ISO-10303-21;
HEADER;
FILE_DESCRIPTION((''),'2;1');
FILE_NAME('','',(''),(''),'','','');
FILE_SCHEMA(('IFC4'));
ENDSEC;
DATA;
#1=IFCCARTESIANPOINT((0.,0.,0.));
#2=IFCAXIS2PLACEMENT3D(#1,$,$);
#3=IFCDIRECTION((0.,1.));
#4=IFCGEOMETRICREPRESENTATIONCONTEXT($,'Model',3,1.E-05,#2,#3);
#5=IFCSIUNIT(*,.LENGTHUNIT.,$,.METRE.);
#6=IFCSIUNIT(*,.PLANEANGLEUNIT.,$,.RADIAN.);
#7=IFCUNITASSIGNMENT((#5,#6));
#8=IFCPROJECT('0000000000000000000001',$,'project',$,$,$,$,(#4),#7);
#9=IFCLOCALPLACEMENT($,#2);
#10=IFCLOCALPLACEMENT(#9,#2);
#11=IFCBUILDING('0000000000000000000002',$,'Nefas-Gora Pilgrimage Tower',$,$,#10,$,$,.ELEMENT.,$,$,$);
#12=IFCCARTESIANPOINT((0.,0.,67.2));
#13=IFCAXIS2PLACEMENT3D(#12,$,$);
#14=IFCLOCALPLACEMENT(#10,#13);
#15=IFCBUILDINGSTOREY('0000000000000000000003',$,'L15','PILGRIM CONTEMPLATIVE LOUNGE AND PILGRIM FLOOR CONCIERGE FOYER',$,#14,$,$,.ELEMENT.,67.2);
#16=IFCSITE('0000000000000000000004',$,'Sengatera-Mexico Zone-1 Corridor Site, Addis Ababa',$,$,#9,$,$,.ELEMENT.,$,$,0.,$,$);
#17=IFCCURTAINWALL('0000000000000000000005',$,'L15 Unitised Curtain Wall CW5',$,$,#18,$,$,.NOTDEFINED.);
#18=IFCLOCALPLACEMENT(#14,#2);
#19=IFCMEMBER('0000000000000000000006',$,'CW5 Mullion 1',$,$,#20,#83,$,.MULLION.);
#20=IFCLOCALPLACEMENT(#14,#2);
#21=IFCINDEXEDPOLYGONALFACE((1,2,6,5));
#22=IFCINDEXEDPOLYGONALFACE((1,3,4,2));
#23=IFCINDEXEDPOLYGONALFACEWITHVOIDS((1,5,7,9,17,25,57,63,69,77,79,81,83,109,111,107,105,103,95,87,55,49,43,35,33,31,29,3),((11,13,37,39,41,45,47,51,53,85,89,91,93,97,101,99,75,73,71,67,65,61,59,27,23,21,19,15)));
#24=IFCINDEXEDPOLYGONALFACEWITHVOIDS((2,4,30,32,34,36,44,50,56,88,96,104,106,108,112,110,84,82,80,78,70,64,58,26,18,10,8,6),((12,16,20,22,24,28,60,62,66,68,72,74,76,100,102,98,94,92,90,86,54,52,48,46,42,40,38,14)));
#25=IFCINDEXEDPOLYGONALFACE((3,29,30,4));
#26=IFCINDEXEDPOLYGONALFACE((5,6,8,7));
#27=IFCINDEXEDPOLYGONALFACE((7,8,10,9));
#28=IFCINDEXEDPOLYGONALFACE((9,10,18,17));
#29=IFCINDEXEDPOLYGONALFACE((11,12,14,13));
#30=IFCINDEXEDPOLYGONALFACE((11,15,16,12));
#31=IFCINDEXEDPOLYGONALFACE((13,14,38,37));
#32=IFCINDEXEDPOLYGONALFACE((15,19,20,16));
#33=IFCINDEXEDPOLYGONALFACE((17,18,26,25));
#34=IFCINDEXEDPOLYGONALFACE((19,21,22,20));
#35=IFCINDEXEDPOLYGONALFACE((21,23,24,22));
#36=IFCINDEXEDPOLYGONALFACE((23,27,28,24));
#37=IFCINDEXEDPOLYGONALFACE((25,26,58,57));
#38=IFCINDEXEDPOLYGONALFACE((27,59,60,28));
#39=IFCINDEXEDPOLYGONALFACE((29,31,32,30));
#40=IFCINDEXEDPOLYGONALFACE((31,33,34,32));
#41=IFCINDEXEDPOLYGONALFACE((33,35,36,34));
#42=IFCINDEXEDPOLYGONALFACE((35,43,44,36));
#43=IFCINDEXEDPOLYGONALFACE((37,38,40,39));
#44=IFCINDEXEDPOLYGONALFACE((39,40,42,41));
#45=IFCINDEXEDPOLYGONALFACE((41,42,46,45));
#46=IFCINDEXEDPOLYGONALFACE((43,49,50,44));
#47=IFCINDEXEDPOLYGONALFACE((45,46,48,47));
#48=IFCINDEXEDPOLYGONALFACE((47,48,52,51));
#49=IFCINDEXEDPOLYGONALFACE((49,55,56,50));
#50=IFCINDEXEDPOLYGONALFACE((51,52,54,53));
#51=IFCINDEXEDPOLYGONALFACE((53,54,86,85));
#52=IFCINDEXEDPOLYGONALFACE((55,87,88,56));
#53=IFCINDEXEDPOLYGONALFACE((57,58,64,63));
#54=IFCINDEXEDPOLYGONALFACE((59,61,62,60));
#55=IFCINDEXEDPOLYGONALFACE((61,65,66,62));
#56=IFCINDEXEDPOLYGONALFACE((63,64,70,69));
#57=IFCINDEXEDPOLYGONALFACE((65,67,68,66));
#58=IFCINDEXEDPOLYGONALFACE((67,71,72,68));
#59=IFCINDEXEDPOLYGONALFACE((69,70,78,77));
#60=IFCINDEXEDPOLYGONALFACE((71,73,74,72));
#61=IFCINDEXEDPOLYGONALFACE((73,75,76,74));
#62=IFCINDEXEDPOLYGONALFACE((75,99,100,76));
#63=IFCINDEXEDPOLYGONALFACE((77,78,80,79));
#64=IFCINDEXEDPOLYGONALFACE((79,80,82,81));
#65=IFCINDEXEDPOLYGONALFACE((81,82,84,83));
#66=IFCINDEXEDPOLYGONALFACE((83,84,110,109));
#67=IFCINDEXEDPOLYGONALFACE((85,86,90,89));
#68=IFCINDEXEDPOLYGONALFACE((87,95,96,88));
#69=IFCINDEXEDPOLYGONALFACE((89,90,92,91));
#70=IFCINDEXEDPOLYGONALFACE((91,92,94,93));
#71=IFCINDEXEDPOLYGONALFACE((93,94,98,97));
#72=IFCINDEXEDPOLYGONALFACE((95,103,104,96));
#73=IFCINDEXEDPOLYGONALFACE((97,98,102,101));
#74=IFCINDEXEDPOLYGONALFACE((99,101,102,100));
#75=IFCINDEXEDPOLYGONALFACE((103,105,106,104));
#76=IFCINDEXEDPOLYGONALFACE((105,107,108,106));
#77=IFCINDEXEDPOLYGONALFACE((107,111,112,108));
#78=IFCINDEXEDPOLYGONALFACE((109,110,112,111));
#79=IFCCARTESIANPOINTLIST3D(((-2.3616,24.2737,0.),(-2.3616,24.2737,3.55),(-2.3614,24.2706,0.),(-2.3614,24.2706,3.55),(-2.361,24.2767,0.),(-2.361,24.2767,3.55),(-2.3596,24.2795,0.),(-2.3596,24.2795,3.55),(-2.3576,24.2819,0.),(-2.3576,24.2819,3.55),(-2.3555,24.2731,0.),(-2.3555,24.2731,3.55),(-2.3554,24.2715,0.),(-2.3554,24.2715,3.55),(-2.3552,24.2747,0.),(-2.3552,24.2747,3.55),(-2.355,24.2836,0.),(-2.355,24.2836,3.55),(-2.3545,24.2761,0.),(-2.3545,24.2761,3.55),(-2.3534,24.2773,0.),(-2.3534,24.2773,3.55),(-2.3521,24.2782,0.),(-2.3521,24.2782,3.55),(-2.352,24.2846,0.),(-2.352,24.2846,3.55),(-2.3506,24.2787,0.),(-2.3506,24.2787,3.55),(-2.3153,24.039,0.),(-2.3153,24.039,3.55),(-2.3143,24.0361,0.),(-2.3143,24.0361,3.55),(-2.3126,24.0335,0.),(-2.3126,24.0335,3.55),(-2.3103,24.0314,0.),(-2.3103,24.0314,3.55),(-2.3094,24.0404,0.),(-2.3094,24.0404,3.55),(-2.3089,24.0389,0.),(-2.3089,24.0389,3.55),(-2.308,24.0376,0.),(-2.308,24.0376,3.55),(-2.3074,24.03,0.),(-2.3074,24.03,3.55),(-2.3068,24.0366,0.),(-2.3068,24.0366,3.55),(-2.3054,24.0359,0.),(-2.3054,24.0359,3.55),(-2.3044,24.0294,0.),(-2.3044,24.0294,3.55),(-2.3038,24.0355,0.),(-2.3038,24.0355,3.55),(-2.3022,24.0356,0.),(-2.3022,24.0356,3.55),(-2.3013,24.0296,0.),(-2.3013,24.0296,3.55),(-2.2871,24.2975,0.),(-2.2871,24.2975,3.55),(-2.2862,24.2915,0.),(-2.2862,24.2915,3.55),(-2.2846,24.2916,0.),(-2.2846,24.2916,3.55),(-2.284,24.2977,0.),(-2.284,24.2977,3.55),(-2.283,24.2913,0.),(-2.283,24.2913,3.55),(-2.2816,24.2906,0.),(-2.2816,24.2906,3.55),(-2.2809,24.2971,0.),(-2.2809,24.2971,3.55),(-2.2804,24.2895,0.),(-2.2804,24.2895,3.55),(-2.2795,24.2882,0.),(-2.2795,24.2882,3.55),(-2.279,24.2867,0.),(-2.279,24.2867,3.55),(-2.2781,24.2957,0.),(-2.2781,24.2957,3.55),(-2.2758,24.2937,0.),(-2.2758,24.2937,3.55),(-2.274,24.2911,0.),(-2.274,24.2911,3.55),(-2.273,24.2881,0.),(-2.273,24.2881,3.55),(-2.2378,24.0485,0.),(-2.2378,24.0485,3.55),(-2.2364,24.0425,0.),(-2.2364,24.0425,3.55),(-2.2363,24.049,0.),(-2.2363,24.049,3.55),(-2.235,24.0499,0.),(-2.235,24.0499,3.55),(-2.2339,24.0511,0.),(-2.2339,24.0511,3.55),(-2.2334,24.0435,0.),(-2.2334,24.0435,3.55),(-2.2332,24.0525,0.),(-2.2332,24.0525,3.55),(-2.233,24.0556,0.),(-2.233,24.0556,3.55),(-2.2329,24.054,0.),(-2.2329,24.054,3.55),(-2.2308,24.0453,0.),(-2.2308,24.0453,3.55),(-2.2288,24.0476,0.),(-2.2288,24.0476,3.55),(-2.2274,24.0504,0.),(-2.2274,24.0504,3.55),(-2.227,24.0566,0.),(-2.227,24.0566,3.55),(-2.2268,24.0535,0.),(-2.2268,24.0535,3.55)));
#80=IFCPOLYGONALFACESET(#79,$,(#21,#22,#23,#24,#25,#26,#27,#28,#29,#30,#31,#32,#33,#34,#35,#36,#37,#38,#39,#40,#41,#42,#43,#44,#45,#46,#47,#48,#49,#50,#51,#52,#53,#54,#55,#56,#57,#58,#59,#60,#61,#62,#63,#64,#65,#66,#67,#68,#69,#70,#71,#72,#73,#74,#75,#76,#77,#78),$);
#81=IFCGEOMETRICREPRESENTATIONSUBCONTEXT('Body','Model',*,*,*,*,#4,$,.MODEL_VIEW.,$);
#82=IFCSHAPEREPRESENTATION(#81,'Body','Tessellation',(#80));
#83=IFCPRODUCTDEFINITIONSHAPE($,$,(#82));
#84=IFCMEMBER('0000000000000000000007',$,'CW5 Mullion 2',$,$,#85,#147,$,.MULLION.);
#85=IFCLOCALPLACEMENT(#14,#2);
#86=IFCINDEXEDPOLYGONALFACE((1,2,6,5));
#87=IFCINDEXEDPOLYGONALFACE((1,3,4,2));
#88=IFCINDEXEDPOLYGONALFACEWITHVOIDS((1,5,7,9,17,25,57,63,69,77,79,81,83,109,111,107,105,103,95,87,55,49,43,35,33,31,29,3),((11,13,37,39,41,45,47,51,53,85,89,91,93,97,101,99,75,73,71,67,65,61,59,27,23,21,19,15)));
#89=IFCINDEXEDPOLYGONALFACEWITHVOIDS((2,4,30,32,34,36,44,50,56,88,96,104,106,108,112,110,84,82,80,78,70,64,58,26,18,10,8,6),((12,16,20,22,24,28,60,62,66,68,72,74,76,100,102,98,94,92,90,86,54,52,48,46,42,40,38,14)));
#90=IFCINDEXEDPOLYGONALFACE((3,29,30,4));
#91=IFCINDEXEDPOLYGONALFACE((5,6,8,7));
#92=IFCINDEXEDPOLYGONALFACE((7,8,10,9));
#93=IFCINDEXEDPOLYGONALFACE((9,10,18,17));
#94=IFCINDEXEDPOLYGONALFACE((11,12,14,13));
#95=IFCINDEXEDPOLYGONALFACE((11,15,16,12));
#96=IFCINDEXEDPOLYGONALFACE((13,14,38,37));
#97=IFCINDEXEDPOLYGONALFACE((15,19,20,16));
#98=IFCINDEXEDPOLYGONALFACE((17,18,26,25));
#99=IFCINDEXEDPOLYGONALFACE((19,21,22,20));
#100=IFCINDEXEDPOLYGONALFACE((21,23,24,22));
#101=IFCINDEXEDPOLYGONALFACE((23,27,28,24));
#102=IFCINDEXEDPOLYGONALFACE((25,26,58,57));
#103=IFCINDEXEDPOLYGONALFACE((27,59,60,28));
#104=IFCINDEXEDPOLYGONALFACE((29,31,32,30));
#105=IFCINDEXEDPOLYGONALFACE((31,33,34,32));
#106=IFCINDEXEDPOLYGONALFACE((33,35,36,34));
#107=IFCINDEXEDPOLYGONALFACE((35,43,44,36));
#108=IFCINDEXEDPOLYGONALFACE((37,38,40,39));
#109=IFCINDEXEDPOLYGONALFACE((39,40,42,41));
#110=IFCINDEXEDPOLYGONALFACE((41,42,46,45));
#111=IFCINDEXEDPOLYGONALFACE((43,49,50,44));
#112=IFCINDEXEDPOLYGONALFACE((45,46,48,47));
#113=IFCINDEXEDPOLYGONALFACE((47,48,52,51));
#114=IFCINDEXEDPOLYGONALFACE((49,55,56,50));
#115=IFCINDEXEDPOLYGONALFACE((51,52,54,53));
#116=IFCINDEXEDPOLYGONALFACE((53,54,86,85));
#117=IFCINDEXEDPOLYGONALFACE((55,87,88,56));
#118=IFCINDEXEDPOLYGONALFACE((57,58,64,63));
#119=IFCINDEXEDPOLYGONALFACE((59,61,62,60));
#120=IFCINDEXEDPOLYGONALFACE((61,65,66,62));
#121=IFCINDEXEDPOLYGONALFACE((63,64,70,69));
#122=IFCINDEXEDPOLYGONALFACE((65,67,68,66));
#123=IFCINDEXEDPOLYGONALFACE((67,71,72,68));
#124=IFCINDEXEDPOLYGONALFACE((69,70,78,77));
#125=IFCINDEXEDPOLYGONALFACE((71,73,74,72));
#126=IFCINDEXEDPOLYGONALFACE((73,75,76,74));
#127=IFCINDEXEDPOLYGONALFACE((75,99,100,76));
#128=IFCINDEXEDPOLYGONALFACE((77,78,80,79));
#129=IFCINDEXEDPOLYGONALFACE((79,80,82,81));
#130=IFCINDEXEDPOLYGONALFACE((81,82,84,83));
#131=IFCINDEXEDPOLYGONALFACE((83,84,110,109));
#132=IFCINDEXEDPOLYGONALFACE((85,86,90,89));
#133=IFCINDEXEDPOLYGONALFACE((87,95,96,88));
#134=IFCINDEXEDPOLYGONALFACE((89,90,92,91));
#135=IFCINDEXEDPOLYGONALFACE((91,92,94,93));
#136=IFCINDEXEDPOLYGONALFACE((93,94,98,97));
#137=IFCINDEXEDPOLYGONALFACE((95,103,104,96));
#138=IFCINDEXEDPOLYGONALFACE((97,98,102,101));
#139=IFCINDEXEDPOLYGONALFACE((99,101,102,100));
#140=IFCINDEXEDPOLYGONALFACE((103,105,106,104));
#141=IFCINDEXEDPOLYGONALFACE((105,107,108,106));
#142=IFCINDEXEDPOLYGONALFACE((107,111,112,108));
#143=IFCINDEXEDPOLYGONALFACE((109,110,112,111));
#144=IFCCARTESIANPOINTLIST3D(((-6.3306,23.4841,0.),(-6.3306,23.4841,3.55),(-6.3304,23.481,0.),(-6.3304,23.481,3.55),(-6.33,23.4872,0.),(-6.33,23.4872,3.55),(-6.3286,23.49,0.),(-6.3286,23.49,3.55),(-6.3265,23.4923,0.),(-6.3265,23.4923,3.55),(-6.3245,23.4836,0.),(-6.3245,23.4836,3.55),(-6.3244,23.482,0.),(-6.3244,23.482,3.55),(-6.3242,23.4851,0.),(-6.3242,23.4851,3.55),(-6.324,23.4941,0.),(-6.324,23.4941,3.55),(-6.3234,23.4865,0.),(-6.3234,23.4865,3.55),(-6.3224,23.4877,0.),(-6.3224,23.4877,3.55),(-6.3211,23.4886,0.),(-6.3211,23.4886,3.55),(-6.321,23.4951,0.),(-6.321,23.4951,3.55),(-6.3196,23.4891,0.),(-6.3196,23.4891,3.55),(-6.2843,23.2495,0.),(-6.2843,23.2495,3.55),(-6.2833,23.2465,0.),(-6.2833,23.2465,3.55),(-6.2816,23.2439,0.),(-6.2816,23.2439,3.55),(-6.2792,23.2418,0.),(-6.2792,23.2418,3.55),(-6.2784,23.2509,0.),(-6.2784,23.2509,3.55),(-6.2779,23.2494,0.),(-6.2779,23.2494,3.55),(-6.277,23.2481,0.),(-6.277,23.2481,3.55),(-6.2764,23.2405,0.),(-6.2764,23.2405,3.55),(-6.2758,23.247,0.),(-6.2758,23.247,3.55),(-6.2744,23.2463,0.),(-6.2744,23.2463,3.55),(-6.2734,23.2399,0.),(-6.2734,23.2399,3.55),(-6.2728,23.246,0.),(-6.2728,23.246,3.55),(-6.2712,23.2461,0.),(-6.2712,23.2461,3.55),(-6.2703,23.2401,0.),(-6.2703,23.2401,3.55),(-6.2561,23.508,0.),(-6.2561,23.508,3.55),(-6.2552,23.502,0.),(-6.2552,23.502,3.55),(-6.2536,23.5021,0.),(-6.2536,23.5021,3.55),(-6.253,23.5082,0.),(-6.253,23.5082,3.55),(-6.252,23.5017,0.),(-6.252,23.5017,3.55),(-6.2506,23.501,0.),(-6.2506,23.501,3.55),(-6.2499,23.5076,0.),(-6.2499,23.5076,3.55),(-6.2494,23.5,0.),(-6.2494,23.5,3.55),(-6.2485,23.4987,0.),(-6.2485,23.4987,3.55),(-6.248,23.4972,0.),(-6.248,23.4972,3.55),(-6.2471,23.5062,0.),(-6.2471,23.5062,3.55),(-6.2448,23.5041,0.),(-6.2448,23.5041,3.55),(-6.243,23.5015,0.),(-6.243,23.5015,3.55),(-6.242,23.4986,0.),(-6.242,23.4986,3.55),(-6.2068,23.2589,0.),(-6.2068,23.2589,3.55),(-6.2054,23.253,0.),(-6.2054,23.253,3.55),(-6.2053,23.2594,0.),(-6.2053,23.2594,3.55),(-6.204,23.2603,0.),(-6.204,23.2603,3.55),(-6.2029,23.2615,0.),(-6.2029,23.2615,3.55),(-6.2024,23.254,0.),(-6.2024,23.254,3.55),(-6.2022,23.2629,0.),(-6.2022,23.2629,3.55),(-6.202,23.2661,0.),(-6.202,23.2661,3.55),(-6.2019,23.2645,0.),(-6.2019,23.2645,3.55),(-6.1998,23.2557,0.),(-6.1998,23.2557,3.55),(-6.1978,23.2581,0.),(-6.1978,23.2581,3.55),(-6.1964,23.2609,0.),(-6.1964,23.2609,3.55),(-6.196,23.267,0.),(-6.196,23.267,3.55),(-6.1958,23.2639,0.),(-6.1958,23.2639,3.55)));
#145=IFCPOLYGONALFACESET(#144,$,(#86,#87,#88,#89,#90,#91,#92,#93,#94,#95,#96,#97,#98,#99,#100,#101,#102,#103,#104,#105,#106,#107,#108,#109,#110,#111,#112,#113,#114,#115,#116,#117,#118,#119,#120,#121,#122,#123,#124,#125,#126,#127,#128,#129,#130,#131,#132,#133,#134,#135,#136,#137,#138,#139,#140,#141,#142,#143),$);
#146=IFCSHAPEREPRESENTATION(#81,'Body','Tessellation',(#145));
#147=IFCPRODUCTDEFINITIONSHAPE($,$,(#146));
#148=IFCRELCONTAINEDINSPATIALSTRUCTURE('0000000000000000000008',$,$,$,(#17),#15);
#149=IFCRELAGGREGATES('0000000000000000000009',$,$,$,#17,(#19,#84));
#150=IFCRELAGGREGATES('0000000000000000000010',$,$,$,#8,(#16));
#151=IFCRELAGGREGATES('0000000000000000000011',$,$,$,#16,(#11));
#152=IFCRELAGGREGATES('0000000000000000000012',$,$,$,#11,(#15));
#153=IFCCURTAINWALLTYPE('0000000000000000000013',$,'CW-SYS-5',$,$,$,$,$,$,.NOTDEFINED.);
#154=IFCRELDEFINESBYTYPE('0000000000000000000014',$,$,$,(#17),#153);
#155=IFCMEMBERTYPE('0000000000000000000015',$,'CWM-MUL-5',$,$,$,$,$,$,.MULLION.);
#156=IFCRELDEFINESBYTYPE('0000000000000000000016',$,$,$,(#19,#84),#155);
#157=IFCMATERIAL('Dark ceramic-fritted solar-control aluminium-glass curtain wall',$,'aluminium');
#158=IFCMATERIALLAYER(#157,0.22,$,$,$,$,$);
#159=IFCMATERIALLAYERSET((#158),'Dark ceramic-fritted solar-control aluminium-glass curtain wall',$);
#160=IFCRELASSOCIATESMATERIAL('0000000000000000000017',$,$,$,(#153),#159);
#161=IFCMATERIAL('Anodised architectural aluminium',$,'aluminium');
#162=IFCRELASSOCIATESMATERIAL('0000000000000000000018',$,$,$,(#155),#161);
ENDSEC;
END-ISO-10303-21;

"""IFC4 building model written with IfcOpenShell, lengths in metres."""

from ifc_helpers import new_model, si_unit, direction, frame, origin, origin_2d, place, context, subcontext, project, spatial, hollow_rectangle, extrude, source, transform, mapped, material, layer, layer_set, material_profile, profile_set, type_object, element, aggregate, save


model = new_model("IFC4")

# Units and contexts
model_context = context("Model", 3, precision=1e-05, world=origin(), true_north=direction((0.0, 1.0)))
body_context = subcontext(model_context, "Body", "Model", "MODEL_VIEW")
ifc_project = project(units=[si_unit("LENGTHUNIT", "METRE"), si_unit("PLANEANGLEUNIT", "RADIAN")], contexts=[model_context])

# Site, building, storey
site_placement = place(None, origin())
site = spatial("IfcSite", under=ifc_project, at=site_placement, Name="Sengatera-Mexico Zone-1 Corridor Site, Addis Ababa", CompositionType="ELEMENT", RefElevation=0.0)
building_placement = place(site_placement, origin())
building = spatial("IfcBuilding", under=site, at=building_placement, Name="Nefas-Gora Pilgrimage Tower", CompositionType="ELEMENT")
storey_placement = place(building_placement, frame((0.0, 0.0, 67.2)))
storey = spatial("IfcBuildingStorey", under=building, at=storey_placement, Name="L15", Description="PILGRIM CONTEMPLATIVE LOUNGE AND PILGRIM FLOOR CONCIERGE FOYER", CompositionType="ELEMENT", Elevation=67.2)

# Curtain wall, members
ifc_material_1 = material(Name="Dark ceramic-fritted solar-control aluminium-glass curtain wall", Category="aluminium")
ifc_layer_1 = layer(ifc_material_1, 0.22)
ifc_layer_set_1 = layer_set([ifc_layer_1], Name="Dark ceramic-fritted solar-control aluminium-glass curtain wall")
curtain_wall_type = type_object("IfcCurtainWallType", Name="CW-SYS-5", PredefinedType="NOTDEFINED", material=ifc_layer_set_1)
curtain_wall_1_placement = place(storey_placement, origin())
curtain_wall_1 = element("IfcCurtainWall", 1, at=curtain_wall_1_placement, inside=storey, type_object=curtain_wall_type, Name="L15 Unitised Curtain Wall CW5", PredefinedType="NOTDEFINED")
ifc_material_2 = material(Name="Anodised architectural aluminium", Category="aluminium")
ifc_material_profile_1 = material_profile(ifc_material_2, hollow_rectangle(XDim=0.0901, YDim=0.26, WallThickness=0.0061, InnerFilletRadius=0.0061, OuterFilletRadius=0.012, at=origin_2d()), Name="ALU MULLION 90x260")
ifc_profile_set_1 = profile_set([ifc_material_profile_1], Name="Anodised architectural aluminium")
member_type_1 = type_object("IfcMemberType", Name="CWM-MUL-5", PredefinedType="MULLION", material=ifc_profile_set_1)
shared_shape_1 = source(origin(), body_context, "Body", "SweptSolid", [
    extrude(hollow_rectangle(XDim=0.0901, YDim=0.26, WallThickness=0.0061, InnerFilletRadius=0.0061, OuterFilletRadius=0.012, at=origin_2d()), origin(), (0.0, 0.0, 1.0), 3.55),
])
member_1_placement = place(storey_placement, frame((-2.2942, 24.1636, 0.0), z_axis=(0.0, 0.0, 1.0), x_axis=(-0.980783, -0.195102, 0.0)))
member_1 = element("IfcMember", 2, at=member_1_placement, type_object=member_type_1, Name="CW5 Mullion 1", PredefinedType="MULLION", context=body_context, shape_type="MappedRepresentation", body=[
    mapped(shared_shape_1, transform((0.0, 0.0, 0.0), x_axis=(1.0, 0.0, 0.0), y_axis=(0.0, 1.0, 0.0), z_axis=(0.0, 0.0, 1.0), scale=1.0)),
])
member_2_placement = place(storey_placement, frame((-6.2632, 23.374, 0.0), z_axis=(0.0, 0.0, 1.0), x_axis=(-0.980783, -0.195102, 0.0)))
member_2 = element("IfcMember", 3, at=member_2_placement, type_object=member_type_1, Name="CW5 Mullion 2", PredefinedType="MULLION", context=body_context, shape_type="MappedRepresentation", body=[
    mapped(shared_shape_1, transform((0.0, 0.0, 0.0), x_axis=(1.0, 0.0, 0.0), y_axis=(0.0, 1.0, 0.0), z_axis=(0.0, 0.0, 1.0), scale=1.0)),
])

aggregate(curtain_wall_1, [member_1, member_2])

save(model, "model.ifc")
